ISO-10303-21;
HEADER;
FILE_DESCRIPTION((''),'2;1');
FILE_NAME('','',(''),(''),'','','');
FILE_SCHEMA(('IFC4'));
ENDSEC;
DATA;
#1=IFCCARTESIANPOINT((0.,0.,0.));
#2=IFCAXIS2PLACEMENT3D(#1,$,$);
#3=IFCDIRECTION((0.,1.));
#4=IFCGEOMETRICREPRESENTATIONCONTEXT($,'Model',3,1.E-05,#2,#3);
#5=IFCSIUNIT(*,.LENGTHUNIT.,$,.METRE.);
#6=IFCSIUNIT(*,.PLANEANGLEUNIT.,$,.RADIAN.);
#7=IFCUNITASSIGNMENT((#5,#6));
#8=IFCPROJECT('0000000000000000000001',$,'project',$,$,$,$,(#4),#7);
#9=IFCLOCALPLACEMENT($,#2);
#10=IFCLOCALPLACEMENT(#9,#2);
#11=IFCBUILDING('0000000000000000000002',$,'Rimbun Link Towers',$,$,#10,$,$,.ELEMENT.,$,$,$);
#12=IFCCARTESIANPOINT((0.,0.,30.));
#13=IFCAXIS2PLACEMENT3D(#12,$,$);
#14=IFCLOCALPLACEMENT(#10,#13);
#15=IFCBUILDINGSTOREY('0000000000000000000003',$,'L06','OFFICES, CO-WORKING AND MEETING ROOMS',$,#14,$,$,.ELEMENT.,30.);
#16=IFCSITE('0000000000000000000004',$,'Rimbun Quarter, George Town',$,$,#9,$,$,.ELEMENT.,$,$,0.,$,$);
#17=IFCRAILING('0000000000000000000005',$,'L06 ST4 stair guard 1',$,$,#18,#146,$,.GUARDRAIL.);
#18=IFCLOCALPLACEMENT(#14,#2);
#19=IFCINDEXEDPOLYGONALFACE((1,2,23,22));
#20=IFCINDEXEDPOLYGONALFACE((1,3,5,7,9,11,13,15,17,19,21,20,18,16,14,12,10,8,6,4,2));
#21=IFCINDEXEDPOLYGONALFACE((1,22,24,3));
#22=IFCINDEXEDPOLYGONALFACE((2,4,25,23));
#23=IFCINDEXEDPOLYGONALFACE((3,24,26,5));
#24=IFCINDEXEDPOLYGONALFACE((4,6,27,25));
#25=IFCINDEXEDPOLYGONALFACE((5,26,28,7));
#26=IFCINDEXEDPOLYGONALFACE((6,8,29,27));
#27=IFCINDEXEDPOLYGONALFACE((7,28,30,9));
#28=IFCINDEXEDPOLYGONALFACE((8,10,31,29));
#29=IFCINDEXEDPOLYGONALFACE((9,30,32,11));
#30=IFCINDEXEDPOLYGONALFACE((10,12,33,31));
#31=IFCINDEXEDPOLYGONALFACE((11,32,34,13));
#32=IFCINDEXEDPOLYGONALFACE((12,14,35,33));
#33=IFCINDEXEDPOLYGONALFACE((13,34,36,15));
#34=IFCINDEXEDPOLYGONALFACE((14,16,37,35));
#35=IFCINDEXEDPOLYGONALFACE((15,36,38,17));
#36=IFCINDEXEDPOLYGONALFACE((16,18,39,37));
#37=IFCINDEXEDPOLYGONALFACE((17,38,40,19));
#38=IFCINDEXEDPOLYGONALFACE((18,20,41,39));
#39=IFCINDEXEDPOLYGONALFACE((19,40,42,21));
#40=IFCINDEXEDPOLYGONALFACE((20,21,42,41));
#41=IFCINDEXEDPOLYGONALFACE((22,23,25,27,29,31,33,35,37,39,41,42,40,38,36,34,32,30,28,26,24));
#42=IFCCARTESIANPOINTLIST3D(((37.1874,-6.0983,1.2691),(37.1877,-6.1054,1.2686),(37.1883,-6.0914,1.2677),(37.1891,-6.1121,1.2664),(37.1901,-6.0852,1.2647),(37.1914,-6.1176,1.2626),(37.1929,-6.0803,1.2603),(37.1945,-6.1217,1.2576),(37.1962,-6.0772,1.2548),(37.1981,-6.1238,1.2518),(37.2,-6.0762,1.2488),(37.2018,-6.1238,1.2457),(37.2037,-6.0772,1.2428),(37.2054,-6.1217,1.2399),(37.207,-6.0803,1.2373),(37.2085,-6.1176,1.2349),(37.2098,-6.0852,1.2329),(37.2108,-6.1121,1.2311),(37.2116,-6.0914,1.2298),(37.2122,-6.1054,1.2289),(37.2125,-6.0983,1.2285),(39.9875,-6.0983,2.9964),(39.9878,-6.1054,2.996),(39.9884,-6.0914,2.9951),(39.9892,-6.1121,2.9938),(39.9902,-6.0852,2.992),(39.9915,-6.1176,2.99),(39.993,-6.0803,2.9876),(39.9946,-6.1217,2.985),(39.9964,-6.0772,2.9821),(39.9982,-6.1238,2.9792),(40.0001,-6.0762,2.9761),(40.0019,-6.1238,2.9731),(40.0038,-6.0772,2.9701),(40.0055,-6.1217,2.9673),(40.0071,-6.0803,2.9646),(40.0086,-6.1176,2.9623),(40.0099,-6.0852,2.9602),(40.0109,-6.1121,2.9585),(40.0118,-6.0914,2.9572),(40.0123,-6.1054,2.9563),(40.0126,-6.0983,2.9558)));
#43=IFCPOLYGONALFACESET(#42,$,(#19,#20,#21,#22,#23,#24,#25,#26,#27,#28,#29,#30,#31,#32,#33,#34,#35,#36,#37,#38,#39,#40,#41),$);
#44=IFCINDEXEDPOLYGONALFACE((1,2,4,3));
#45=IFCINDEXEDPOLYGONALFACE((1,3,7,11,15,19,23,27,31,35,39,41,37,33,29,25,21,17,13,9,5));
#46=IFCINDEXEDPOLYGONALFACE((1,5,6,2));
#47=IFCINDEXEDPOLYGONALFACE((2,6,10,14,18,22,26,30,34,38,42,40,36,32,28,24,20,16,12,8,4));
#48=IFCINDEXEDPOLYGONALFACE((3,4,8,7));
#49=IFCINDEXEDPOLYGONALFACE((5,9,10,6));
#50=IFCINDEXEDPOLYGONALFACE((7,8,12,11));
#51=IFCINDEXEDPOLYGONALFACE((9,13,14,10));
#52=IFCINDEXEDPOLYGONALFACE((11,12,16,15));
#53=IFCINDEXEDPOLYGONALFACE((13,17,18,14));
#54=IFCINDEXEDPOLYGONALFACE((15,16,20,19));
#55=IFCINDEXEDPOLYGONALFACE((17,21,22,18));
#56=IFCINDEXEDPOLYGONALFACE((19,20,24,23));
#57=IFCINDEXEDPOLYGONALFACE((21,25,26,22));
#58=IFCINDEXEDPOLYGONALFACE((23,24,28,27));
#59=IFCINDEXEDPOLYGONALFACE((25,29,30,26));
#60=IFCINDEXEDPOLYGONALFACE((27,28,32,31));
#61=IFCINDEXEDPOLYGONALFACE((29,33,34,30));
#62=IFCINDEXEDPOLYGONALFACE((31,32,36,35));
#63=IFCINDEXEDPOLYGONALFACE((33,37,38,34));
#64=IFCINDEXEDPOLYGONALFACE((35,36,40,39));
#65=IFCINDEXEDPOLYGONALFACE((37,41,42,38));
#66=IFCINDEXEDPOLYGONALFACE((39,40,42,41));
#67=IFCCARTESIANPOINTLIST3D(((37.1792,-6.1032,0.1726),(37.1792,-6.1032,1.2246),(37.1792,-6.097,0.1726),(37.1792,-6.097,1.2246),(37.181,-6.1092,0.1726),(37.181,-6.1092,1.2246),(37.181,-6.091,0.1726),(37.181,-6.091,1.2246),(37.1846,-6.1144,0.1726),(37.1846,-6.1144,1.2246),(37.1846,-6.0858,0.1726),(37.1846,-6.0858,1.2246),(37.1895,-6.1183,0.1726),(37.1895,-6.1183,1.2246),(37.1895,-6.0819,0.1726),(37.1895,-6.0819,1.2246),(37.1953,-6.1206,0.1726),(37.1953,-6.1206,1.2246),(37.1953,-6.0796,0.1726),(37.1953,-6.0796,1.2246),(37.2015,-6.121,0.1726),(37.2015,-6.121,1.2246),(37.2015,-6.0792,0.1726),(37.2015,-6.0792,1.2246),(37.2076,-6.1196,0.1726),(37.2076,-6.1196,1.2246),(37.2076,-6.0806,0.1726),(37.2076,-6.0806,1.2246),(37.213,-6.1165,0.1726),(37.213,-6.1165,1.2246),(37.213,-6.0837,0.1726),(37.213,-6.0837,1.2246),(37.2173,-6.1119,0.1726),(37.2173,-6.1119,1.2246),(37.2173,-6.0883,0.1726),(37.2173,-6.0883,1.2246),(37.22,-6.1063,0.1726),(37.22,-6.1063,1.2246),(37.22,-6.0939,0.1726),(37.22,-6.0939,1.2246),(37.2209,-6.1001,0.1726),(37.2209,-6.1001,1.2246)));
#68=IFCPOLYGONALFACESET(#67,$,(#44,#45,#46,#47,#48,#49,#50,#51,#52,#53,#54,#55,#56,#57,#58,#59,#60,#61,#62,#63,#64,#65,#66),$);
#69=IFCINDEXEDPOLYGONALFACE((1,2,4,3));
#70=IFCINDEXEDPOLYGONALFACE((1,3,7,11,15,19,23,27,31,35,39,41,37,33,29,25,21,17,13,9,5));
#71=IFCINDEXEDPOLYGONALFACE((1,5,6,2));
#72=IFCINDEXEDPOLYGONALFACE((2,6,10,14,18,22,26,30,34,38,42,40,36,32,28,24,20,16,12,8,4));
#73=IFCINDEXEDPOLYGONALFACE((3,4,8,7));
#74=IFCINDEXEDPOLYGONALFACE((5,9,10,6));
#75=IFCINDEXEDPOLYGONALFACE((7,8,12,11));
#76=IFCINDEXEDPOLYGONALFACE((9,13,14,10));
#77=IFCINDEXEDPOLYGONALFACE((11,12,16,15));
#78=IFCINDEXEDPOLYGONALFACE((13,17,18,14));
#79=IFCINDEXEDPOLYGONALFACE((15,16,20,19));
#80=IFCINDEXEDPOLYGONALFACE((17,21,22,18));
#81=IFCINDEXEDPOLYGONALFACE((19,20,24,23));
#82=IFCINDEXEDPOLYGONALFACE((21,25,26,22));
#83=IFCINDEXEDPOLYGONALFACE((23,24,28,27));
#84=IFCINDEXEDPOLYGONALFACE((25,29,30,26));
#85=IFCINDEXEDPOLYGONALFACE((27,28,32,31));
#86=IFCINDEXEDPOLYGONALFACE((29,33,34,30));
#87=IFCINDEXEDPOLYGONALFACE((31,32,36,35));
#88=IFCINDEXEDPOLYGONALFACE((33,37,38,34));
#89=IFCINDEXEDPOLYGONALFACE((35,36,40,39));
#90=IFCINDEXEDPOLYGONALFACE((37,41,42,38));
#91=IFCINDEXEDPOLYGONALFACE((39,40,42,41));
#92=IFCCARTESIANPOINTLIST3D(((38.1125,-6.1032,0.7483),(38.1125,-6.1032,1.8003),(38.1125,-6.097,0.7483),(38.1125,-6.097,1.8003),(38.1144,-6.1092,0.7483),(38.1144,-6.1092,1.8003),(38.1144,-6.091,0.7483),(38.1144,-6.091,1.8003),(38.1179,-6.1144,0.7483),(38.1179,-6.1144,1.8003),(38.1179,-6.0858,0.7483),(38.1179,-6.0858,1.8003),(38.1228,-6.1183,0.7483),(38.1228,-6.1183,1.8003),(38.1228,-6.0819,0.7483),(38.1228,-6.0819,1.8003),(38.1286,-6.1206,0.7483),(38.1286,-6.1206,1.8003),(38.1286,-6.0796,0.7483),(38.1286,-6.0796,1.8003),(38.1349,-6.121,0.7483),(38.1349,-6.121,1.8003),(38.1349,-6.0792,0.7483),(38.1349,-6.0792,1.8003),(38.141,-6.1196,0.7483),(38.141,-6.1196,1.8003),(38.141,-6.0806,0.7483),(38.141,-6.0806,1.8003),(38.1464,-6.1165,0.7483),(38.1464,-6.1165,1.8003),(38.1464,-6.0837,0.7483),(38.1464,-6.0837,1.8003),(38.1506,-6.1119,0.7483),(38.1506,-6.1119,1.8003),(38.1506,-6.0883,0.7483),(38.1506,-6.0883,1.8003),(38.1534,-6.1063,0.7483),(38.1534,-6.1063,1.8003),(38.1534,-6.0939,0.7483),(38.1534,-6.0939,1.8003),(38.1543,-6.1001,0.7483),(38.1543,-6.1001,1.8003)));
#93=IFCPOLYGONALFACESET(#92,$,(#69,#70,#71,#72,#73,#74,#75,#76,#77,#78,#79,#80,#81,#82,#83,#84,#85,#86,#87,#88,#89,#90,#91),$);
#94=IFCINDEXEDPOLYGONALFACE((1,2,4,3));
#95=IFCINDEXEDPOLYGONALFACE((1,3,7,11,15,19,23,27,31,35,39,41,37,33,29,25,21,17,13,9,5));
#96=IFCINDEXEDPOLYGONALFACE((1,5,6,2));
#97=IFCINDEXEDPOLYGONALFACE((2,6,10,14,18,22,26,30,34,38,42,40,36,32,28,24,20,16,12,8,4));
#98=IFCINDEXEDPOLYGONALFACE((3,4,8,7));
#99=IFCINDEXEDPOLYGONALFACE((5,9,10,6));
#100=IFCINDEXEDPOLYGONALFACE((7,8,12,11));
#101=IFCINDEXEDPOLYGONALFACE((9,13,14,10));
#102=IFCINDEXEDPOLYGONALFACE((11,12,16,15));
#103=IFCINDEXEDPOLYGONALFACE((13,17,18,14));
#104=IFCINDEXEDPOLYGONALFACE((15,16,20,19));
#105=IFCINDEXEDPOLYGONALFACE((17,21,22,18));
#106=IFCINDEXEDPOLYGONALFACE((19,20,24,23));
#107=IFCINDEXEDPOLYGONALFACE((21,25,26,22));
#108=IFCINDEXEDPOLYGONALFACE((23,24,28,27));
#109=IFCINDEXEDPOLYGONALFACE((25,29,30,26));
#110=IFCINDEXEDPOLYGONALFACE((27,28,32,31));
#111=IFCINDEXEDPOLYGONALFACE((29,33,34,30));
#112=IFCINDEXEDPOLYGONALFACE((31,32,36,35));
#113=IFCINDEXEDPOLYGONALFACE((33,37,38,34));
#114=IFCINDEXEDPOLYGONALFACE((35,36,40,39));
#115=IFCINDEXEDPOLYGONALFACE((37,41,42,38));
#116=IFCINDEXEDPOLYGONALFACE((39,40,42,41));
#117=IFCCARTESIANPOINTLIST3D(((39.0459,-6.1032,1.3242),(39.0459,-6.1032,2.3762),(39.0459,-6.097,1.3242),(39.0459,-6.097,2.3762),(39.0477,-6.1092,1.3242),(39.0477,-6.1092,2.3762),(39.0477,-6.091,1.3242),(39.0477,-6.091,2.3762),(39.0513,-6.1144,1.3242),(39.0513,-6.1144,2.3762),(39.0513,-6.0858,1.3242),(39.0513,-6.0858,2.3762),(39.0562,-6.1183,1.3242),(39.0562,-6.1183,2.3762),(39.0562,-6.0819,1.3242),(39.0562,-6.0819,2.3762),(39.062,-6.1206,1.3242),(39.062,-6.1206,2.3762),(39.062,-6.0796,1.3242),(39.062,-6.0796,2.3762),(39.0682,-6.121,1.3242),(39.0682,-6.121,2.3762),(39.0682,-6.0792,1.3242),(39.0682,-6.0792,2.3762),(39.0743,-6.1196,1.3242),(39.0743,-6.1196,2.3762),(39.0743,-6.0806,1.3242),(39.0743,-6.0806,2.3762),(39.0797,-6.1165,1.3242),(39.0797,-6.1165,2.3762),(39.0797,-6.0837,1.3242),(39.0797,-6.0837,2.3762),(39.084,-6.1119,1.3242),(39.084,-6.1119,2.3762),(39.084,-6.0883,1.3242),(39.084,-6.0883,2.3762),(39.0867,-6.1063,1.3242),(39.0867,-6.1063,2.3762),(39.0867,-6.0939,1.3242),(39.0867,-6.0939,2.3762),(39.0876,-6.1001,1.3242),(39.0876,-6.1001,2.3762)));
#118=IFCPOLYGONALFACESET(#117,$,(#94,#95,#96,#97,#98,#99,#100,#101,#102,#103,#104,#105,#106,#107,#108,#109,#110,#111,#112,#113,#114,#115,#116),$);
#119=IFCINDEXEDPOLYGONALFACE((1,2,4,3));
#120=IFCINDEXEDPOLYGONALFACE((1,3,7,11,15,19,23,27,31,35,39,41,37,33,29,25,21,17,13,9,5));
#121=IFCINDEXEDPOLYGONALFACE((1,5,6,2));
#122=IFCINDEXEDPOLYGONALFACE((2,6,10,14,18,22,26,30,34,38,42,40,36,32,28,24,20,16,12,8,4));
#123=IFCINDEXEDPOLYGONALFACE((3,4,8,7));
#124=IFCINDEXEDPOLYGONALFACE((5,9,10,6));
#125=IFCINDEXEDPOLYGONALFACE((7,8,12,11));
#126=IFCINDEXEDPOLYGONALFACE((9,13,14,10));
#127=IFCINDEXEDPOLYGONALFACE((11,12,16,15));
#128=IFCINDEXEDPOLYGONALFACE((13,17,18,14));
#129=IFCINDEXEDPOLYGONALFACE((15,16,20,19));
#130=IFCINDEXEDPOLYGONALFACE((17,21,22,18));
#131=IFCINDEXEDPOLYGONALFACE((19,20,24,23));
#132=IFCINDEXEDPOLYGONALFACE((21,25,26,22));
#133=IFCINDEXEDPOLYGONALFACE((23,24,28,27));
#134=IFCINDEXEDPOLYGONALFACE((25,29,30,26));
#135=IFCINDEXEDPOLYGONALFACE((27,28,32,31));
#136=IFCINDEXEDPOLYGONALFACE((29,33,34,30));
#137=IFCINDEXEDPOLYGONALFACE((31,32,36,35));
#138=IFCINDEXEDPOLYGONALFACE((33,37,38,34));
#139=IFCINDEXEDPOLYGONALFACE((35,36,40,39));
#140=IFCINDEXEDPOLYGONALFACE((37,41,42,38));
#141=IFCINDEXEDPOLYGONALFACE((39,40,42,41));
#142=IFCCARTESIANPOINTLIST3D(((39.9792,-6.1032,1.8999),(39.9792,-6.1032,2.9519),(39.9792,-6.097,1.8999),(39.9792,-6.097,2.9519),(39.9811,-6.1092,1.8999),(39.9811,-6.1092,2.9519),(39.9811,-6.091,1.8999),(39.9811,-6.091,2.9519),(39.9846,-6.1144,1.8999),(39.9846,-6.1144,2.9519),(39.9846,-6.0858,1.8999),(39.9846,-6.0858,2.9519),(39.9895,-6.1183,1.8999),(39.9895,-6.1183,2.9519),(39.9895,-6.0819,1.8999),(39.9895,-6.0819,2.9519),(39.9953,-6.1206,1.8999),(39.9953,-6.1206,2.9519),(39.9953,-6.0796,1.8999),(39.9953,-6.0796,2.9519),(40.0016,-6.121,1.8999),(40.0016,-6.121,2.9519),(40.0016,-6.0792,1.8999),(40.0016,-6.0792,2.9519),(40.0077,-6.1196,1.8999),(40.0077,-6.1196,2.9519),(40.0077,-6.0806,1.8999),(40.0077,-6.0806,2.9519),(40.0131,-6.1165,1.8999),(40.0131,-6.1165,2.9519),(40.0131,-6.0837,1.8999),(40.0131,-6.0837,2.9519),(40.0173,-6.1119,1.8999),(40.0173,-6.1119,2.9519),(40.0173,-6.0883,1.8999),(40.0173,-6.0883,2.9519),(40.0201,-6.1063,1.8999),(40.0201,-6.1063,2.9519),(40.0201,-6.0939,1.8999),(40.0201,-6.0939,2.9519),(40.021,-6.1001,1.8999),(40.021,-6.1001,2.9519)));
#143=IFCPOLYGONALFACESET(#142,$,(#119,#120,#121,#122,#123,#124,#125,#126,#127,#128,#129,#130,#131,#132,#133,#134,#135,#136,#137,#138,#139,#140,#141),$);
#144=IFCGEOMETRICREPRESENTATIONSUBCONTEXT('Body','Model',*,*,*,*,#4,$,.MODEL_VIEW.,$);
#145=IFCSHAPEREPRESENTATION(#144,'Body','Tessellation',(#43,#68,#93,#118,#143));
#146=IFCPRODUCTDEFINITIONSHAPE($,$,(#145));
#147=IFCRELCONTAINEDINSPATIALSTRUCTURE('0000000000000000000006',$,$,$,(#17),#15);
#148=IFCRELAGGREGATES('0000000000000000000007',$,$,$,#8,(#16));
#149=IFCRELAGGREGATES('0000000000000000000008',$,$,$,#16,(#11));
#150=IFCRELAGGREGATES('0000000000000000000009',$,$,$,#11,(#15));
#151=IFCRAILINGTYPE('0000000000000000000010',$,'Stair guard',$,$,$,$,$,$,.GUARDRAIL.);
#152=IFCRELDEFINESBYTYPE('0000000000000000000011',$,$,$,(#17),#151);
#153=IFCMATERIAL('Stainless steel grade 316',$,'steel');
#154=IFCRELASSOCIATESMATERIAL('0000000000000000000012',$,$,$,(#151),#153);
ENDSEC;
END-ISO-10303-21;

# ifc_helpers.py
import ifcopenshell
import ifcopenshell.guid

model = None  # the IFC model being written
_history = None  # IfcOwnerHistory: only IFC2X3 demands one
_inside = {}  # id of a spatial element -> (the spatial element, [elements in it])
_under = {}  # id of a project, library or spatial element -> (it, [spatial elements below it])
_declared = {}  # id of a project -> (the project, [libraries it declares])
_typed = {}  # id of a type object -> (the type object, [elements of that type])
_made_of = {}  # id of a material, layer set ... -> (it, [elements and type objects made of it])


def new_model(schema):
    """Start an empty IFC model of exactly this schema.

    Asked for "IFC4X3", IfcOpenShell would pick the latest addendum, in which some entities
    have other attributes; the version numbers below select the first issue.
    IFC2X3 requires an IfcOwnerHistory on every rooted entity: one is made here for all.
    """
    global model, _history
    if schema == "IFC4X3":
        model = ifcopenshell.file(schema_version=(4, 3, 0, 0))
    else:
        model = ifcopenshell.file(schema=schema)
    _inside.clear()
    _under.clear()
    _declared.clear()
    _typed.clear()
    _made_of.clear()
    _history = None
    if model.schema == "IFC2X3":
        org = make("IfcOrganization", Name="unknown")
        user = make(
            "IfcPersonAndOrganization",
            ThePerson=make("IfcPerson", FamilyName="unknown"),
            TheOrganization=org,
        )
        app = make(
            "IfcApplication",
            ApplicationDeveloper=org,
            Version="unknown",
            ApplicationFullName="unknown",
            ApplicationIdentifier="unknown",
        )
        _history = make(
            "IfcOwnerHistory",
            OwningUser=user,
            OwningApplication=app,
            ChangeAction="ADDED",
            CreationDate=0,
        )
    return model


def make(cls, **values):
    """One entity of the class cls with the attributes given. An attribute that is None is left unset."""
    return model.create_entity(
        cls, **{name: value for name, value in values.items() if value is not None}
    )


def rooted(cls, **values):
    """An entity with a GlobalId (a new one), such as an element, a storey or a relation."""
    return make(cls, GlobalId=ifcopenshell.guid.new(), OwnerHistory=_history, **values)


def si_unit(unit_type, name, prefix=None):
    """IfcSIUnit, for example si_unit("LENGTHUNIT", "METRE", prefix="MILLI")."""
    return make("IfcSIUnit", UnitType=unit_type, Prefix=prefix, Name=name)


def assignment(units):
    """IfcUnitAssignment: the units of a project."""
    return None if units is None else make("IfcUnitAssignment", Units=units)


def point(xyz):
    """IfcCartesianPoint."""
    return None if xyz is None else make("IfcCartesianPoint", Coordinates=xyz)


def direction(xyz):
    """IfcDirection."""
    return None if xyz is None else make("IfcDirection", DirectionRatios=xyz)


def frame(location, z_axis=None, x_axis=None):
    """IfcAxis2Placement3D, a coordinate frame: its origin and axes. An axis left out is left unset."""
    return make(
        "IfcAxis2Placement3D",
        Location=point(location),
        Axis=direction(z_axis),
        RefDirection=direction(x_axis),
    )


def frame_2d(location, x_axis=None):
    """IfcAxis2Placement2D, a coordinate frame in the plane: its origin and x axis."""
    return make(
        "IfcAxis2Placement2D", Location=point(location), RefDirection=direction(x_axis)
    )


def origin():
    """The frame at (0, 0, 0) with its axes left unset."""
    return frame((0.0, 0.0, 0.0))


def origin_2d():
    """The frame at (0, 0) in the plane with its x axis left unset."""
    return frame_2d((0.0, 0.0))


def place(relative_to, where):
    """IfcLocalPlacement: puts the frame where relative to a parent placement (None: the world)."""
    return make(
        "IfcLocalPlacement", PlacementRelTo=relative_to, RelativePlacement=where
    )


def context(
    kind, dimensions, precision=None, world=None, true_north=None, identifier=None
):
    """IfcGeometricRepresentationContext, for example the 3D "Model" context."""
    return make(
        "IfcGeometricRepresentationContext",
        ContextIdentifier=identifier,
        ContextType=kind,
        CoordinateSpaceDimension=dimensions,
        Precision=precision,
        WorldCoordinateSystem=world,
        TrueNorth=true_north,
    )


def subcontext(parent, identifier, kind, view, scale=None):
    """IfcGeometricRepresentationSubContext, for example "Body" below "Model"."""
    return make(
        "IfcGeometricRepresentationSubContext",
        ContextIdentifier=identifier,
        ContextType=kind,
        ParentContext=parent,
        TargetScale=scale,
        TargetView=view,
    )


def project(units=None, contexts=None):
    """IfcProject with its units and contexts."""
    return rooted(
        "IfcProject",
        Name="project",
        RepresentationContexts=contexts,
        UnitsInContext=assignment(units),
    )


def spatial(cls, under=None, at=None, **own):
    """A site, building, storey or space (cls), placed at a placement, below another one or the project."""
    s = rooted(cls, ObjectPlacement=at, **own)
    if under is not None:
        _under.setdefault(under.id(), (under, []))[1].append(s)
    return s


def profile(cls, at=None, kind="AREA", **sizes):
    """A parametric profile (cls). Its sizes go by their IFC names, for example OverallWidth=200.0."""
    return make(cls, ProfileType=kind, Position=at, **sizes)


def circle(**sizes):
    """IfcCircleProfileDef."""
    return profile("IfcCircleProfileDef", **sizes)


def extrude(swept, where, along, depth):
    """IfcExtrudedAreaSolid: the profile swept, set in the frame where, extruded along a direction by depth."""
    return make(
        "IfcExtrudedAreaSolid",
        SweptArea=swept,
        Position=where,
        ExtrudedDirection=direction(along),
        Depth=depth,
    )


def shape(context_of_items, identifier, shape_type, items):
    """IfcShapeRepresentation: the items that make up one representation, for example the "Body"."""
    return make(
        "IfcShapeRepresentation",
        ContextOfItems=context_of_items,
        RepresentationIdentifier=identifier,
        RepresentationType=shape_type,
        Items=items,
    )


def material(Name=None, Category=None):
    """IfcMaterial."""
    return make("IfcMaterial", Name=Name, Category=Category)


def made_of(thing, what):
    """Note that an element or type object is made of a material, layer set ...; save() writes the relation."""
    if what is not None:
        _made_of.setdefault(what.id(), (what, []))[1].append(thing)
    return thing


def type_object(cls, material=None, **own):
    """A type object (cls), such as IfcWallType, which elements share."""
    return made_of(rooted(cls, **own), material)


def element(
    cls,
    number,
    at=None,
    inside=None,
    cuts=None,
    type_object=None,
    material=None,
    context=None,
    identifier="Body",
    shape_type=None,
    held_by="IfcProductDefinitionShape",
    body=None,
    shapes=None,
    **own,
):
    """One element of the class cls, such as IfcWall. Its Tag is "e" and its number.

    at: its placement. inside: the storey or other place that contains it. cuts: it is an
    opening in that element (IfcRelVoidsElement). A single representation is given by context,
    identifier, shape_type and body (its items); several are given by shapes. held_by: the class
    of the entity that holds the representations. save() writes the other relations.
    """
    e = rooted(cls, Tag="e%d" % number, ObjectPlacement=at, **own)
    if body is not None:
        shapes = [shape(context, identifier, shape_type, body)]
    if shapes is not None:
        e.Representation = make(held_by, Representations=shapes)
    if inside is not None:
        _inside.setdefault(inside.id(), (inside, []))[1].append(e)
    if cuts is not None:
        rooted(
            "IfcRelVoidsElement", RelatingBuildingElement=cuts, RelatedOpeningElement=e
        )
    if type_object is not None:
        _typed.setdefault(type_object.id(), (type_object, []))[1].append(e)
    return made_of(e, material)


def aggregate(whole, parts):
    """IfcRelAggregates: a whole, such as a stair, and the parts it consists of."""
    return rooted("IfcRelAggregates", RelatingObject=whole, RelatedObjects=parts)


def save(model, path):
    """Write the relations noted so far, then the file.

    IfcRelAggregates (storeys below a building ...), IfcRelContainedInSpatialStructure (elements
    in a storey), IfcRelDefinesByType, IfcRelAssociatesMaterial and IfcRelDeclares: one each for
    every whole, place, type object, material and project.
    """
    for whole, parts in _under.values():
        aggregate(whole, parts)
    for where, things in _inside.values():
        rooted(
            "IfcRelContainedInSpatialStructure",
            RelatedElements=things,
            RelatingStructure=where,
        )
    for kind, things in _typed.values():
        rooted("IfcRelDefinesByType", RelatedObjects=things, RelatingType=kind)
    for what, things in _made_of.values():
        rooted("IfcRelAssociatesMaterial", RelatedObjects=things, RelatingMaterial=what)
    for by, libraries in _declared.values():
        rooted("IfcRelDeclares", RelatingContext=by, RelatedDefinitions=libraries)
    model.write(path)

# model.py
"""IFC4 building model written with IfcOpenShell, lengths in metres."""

from ifc_helpers import new_model, si_unit, direction, frame, origin, origin_2d, place, context, subcontext, project, spatial, circle, extrude, material, type_object, element, save


model = new_model("IFC4")

# Units and contexts
model_context = context("Model", 3, precision=1e-05, world=origin(), true_north=direction((0.0, 1.0)))
body_context = subcontext(model_context, "Body", "Model", "MODEL_VIEW")
ifc_project = project(units=[si_unit("LENGTHUNIT", "METRE"), si_unit("PLANEANGLEUNIT", "RADIAN")], contexts=[model_context])

# Site, building, storey
site_placement = place(None, origin())
site = spatial("IfcSite", under=ifc_project, at=site_placement, Name="Rimbun Quarter, George Town", CompositionType="ELEMENT", RefElevation=0.0)
building_placement = place(site_placement, origin())
building = spatial("IfcBuilding", under=site, at=building_placement, Name="Rimbun Link Towers", CompositionType="ELEMENT")
storey_placement = place(building_placement, frame((0.0, 0.0, 30.0)))
storey = spatial("IfcBuildingStorey", under=building, at=storey_placement, Name="L06", Description="OFFICES, CO-WORKING AND MEETING ROOMS", CompositionType="ELEMENT", Elevation=30.0)

# Railing
ifc_material_1 = material(Name="Stainless steel grade 316", Category="steel")
railing_type_1 = type_object("IfcRailingType", Name="Stair guard", PredefinedType="GUARDRAIL", material=ifc_material_1)
railing_1_placement = place(storey_placement, frame((37.2, -6.1001, 0.1726)))
element("IfcRailing", 1, at=railing_1_placement, inside=storey, type_object=railing_type_1, Name="L06 ST4 stair guard 1", PredefinedType="GUARDRAIL", context=body_context, shape_type="SweptSolid", body=[
    extrude(circle(Radius=0.0239, at=origin_2d()), frame((0.0, 0.0, 1.0762), z_axis=(0.85109, 0.0, 0.52502), x_axis=(0.0, 1.0, 0.0)), (0.0, 0.0, 1.0), 3.29),
    extrude(circle(Radius=0.021, at=origin_2d()), origin(), (0.0, 0.0, 1.0), 1.052),
    extrude(circle(Radius=0.021, at=origin_2d()), frame((0.9333, 0.0, 0.5757)), (0.0, 0.0, 1.0), 1.052),
    extrude(circle(Radius=0.021, at=origin_2d()), frame((1.8667, 0.0, 1.1516)), (0.0, 0.0, 1.0), 1.052),
    extrude(circle(Radius=0.021, at=origin_2d()), frame((2.8, 0.0, 1.7273)), (0.0, 0.0, 1.0), 1.052),
])

save(model, "model.ifc")
